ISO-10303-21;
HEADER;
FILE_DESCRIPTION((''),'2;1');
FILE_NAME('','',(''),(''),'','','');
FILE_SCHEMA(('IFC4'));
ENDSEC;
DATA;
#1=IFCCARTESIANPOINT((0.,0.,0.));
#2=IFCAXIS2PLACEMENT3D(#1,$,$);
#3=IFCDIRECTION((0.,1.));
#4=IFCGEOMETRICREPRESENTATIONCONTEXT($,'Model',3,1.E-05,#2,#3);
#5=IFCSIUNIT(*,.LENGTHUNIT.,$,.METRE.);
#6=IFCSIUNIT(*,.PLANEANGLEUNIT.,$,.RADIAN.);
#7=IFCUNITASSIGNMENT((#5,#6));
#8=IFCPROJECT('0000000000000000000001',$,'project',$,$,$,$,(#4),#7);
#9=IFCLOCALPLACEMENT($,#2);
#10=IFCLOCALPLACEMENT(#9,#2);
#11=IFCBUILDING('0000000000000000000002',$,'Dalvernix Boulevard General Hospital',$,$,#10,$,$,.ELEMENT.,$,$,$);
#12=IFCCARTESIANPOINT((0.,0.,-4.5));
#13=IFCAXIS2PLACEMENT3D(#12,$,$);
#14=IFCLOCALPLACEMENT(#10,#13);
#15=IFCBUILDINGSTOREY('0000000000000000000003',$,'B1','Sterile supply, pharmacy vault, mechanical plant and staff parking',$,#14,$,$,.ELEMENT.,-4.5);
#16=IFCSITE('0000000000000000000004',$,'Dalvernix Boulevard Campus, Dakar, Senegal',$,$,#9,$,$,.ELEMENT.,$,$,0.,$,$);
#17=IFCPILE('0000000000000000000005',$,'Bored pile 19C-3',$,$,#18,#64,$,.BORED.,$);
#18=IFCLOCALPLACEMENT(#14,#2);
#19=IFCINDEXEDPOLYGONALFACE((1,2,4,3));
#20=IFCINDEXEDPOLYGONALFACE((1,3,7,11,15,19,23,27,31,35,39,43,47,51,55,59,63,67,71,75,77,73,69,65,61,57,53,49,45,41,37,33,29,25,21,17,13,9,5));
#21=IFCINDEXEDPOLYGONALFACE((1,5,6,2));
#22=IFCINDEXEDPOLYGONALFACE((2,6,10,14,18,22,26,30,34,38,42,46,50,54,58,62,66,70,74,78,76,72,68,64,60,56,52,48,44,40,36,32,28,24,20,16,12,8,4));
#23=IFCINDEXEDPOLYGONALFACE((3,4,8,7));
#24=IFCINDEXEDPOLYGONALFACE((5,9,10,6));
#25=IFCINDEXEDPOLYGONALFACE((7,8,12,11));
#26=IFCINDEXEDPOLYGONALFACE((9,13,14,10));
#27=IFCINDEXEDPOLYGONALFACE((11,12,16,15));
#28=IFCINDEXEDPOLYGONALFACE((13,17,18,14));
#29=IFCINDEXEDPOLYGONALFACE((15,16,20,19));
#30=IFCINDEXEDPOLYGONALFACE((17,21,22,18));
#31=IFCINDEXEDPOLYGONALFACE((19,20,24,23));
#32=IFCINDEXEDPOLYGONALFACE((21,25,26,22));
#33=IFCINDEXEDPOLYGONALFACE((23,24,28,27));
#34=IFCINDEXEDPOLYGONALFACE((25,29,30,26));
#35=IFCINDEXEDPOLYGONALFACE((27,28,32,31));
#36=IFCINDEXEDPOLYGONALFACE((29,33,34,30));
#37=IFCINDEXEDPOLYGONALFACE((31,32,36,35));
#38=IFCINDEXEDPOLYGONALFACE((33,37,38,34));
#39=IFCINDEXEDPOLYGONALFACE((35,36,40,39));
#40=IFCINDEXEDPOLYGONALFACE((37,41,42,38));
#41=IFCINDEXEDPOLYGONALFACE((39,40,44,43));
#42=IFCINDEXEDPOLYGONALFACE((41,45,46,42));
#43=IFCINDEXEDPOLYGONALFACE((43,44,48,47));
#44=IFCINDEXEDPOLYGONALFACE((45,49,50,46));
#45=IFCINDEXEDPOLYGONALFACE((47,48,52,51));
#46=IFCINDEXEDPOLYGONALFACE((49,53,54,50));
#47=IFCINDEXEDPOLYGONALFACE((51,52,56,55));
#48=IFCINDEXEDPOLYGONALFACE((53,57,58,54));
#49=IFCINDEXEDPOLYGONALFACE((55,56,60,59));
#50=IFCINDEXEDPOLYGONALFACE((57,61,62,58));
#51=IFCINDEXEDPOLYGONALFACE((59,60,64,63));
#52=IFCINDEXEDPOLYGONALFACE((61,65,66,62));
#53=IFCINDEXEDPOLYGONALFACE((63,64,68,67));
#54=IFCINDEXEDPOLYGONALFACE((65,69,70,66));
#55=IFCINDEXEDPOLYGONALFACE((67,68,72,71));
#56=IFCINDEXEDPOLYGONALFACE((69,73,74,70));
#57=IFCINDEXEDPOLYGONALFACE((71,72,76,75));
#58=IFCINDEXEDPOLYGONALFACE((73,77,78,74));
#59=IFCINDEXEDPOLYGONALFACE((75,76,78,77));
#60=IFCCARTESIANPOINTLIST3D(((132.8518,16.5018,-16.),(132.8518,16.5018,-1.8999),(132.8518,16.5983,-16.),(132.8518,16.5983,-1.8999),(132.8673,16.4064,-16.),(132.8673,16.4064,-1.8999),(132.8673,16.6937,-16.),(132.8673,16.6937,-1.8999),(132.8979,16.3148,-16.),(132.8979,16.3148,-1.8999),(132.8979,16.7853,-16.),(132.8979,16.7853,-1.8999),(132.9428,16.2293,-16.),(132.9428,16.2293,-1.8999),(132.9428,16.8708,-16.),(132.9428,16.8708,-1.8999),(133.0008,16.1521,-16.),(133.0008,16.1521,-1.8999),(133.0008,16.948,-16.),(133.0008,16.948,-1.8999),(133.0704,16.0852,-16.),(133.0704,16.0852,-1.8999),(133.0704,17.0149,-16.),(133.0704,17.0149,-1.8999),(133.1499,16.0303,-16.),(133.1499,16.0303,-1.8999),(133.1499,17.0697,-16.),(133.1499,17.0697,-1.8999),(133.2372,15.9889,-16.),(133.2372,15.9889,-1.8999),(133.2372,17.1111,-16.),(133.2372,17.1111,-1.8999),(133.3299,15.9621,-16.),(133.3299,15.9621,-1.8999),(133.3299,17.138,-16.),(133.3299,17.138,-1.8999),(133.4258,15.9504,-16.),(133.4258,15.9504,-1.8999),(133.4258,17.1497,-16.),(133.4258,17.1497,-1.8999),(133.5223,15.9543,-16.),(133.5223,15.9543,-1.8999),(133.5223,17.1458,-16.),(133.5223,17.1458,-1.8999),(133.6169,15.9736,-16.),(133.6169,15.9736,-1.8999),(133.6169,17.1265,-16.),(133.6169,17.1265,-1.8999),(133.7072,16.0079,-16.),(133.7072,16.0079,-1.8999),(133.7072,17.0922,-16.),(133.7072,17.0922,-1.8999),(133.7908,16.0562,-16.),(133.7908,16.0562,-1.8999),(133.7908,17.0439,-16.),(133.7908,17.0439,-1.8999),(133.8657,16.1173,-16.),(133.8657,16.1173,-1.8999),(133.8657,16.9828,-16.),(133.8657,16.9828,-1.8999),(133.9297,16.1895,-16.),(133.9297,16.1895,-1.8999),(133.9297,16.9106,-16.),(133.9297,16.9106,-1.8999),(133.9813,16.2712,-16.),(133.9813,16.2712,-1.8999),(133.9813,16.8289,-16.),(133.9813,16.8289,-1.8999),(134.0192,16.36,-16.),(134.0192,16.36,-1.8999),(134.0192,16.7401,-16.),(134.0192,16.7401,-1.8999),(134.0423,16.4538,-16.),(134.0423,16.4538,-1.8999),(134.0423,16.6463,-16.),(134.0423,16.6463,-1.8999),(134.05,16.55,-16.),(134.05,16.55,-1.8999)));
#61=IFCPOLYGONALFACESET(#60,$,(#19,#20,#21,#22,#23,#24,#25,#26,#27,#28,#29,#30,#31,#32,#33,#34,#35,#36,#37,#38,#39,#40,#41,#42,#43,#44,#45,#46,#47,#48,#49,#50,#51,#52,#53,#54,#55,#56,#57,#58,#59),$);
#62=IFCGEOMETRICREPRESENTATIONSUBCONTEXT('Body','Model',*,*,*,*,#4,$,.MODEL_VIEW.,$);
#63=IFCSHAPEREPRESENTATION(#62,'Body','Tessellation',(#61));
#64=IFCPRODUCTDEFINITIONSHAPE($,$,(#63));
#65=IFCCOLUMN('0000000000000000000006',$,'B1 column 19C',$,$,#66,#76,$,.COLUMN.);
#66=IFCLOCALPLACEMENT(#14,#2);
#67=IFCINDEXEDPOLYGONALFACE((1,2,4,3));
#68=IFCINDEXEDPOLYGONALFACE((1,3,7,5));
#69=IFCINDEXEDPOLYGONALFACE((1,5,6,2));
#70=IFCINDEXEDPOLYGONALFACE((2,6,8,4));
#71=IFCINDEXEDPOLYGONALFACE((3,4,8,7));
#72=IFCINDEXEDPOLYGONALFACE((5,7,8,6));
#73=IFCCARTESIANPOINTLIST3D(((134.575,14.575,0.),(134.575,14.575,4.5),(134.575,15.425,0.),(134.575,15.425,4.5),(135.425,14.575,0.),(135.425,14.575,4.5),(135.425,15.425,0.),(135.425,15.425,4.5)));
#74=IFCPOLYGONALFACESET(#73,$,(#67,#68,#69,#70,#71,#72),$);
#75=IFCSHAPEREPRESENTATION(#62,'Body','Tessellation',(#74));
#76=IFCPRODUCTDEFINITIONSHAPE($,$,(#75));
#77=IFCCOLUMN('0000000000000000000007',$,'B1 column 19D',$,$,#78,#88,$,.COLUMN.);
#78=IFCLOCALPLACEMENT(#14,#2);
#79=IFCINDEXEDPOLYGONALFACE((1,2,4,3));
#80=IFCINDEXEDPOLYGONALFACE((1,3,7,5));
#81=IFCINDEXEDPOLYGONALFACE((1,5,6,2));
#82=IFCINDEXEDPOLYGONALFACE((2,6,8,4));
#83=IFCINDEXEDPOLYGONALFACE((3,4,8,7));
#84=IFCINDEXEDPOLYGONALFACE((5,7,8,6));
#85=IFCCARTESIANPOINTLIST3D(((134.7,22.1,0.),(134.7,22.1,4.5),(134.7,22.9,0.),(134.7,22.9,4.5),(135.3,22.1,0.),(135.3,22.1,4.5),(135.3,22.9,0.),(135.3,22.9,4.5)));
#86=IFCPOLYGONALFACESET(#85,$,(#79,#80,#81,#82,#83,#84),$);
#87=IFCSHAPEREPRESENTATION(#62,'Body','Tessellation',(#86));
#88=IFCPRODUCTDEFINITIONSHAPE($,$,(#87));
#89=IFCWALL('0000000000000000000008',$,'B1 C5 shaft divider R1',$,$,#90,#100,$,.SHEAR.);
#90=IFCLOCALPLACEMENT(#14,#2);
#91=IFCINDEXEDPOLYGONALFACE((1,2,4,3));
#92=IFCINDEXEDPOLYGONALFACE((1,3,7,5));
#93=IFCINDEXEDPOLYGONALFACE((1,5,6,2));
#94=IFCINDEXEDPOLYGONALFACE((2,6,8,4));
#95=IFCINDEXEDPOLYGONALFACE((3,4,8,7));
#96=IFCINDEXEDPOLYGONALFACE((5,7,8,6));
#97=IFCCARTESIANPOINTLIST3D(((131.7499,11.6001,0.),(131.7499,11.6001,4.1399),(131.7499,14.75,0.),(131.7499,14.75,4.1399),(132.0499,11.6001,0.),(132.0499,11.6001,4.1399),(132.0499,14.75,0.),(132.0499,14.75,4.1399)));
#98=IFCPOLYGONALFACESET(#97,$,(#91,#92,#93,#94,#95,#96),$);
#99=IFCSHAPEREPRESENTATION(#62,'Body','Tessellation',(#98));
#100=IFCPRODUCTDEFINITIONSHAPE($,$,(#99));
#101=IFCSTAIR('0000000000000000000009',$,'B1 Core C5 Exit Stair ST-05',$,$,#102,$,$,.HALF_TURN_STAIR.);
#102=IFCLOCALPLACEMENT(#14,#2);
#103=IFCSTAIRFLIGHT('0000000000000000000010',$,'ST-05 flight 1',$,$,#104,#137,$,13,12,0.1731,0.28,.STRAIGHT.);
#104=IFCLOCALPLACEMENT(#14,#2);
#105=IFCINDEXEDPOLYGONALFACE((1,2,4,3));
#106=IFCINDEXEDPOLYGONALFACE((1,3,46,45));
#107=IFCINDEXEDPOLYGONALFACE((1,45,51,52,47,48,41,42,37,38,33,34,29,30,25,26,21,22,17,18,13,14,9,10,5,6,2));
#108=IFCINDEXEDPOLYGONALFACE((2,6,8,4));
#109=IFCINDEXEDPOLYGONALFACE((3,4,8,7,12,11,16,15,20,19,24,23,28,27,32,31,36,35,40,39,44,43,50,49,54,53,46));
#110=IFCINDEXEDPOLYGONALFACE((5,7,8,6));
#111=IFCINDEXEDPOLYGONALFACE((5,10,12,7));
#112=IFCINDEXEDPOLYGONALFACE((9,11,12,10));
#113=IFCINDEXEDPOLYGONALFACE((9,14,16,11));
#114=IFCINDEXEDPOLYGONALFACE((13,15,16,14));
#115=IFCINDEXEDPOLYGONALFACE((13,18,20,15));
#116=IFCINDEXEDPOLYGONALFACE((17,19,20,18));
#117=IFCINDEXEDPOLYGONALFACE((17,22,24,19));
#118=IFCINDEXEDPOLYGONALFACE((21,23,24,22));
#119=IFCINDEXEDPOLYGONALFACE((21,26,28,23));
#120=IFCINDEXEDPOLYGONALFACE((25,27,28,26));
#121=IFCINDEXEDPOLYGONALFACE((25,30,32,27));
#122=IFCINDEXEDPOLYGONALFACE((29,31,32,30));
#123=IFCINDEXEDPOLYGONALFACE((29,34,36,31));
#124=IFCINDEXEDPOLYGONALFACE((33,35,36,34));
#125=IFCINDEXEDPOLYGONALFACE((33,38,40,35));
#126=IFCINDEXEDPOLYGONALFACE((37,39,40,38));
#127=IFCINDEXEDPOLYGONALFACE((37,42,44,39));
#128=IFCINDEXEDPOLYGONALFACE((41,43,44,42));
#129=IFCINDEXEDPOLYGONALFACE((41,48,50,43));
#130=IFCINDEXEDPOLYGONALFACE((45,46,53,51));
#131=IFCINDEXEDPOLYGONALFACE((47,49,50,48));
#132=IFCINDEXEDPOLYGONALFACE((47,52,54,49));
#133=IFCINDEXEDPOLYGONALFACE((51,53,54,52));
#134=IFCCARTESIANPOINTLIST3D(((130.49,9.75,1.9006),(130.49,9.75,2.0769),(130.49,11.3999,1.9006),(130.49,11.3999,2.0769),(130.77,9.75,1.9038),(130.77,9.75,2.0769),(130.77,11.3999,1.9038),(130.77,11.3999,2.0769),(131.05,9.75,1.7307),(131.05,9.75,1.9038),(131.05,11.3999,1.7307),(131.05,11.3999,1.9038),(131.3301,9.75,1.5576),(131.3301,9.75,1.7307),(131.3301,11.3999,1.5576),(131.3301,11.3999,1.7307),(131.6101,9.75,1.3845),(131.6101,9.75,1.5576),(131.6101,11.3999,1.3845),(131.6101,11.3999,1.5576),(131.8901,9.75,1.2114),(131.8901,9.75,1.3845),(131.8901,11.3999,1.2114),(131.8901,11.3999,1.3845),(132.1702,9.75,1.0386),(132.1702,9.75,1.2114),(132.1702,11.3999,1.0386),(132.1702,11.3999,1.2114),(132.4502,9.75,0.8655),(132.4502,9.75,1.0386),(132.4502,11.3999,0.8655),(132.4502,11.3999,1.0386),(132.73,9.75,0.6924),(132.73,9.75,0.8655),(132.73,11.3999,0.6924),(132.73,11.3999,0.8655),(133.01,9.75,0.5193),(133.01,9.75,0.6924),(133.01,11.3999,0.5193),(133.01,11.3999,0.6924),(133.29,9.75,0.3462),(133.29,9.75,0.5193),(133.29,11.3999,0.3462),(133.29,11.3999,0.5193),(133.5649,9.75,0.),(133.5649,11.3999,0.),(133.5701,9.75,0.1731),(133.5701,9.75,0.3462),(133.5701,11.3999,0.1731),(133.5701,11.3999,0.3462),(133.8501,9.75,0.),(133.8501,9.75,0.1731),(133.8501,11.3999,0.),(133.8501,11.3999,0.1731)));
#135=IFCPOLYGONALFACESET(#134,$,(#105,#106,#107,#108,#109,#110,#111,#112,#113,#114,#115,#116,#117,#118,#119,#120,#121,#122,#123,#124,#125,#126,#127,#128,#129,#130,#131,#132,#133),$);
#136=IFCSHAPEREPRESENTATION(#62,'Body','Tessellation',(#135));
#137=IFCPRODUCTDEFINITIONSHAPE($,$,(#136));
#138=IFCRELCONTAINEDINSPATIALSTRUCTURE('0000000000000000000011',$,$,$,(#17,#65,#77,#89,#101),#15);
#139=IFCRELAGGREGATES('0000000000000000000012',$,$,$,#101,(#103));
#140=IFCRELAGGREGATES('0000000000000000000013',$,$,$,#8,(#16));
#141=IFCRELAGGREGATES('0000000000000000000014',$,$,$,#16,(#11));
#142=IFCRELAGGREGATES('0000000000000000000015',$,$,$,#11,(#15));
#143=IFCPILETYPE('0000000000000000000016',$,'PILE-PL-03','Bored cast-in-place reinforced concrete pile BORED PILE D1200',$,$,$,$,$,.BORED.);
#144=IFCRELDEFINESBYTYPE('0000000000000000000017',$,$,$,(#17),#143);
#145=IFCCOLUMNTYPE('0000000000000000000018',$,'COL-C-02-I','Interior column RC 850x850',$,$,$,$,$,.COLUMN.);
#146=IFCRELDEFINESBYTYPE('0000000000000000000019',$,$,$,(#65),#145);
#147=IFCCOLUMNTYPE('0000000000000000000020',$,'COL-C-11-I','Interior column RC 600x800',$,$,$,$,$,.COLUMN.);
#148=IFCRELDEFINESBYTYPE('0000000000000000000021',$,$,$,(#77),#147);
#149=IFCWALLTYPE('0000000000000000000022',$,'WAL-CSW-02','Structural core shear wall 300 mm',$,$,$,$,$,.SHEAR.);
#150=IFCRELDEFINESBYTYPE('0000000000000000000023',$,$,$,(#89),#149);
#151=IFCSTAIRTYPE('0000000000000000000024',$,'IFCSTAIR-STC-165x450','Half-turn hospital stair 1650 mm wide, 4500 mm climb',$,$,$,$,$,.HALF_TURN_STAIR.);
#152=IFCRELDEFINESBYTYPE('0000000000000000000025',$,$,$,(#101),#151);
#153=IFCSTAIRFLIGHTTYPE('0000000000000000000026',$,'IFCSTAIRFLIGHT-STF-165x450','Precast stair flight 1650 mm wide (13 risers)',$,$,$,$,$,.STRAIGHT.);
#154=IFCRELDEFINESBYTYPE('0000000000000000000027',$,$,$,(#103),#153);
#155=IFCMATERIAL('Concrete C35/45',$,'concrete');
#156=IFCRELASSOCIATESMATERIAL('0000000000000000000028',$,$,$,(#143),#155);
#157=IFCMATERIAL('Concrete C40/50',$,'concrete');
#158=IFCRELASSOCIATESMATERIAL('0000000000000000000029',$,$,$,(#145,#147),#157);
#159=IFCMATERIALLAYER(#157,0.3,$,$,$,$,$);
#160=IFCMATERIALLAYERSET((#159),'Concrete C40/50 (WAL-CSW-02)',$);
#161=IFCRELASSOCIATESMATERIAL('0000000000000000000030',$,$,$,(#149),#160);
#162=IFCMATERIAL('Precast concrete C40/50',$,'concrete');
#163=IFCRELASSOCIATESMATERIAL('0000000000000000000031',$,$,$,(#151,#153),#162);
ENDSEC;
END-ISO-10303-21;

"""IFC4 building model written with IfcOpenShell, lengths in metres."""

from ifc_helpers import new_model, si_unit, direction, frame, frame_2d, origin, origin_2d, place, context, subcontext, project, spatial, polyline, rectangle, circle, outline, extrude, material, layer, layer_set, material_profile, profile_set, type_object, element, aggregate, save


model = new_model("IFC4")

# Units and contexts
model_context = context("Model", 3, precision=1e-05, world=origin(), true_north=direction((0.0, 1.0)))
body_context = subcontext(model_context, "Body", "Model", "MODEL_VIEW")
ifc_project = project(units=[si_unit("LENGTHUNIT", "METRE"), si_unit("PLANEANGLEUNIT", "RADIAN")], contexts=[model_context])

# Site, building, storey
site_placement = place(None, origin())
site = spatial("IfcSite", under=ifc_project, at=site_placement, Name="Dalvernix Boulevard Campus, Dakar, Senegal", CompositionType="ELEMENT", RefElevation=0.0)
building_placement = place(site_placement, origin())
building = spatial("IfcBuilding", under=site, at=building_placement, Name="Dalvernix Boulevard General Hospital", CompositionType="ELEMENT")
storey_placement = place(building_placement, frame((0.0, 0.0, -4.5)))
storey = spatial("IfcBuildingStorey", under=building, at=storey_placement, Name="B1", Description="Sterile supply, pharmacy vault, mechanical plant and staff parking", CompositionType="ELEMENT", Elevation=-4.5)

# Shared definitions
ifc_material_1 = material(Name="Concrete C35/45", Category="concrete")
ifc_material_2 = material(Name="Concrete C40/50", Category="concrete")

# Pile
ifc_material_profile_1 = material_profile(ifc_material_1, circle(Radius=0.6001, at=origin_2d()), Name="BORED PILE D1200")
ifc_profile_set_1 = profile_set([ifc_material_profile_1], Name="Concrete C35/45")
pile_type_1 = type_object("IfcPileType", Name="PILE-PL-03", Description="Bored cast-in-place reinforced concrete pile BORED PILE D1200", PredefinedType="BORED", material=ifc_profile_set_1)
for number, where, z_axis, x_axis, name in (
    (1, (133.45, 16.55, -1.8999), (0.0, 0.0, -1.0), (1.0, 0.0, 0.0), "Bored pile 19C-3"),
):
    element("IfcPile", number, at=place(storey_placement, frame(where, z_axis=z_axis, x_axis=x_axis)), inside=storey, type_object=pile_type_1, Name=name, PredefinedType="BORED", context=body_context, shape_type="SweptSolid", body=[
        extrude(circle(Radius=0.6001, at=origin_2d()), origin(), (0.0, 0.0, 1.0), 14.1001),
    ])

# Columns
ifc_material_profile_2 = material_profile(ifc_material_2, rectangle(XDim=0.8501, YDim=0.8501, at=origin_2d()), Name="RC 850x850")
ifc_profile_set_2 = profile_set([ifc_material_profile_2], Name="Concrete C40/50")
column_type_1 = type_object("IfcColumnType", Name="COL-C-02-I", Description="Interior column RC 850x850", PredefinedType="COLUMN", material=ifc_profile_set_2)
column_1_placement = place(storey_placement, frame((135.0, 15.0, 0.0), z_axis=(0.0, 0.0, 1.0), x_axis=(1.0, 0.0, 0.0)))
element("IfcColumn", 2, at=column_1_placement, inside=storey, type_object=column_type_1, Name="B1 column 19C", PredefinedType="COLUMN", context=body_context, shape_type="SweptSolid", body=[
    extrude(rectangle(XDim=0.8501, YDim=0.8501, at=origin_2d()), origin(), (0.0, 0.0, 1.0), 4.5),
])
ifc_material_profile_3 = material_profile(ifc_material_2, rectangle(XDim=0.6001, YDim=0.8, at=origin_2d()), Name="RC 600x800")
ifc_profile_set_3 = profile_set([ifc_material_profile_3], Name="Concrete C40/50")
column_type_2 = type_object("IfcColumnType", Name="COL-C-11-I", Description="Interior column RC 600x800", PredefinedType="COLUMN", material=ifc_profile_set_3)
column_2_placement = place(storey_placement, frame((135.0, 22.5, 0.0), z_axis=(0.0, 0.0, 1.0), x_axis=(1.0, 0.0, 0.0)))
element("IfcColumn", 3, at=column_2_placement, inside=storey, type_object=column_type_2, Name="B1 column 19D", PredefinedType="COLUMN", context=body_context, shape_type="SweptSolid", body=[
    extrude(rectangle(XDim=0.6001, YDim=0.8, at=origin_2d()), origin(), (0.0, 0.0, 1.0), 4.5),
])

# Wall
ifc_layer = layer(ifc_material_2, 0.3)
ifc_layer_set = layer_set([ifc_layer], Name="Concrete C40/50 (WAL-CSW-02)")
wall_type = type_object("IfcWallType", Name="WAL-CSW-02", Description="Structural core shear wall 300 mm", PredefinedType="SHEAR", material=ifc_layer_set)
wall_placement = place(storey_placement, frame((131.8999, 11.6001, 0.0), z_axis=(0.0, 0.0, 1.0), x_axis=(0.0, 1.0, 0.0)))
element("IfcWall", 4, at=wall_placement, inside=storey, type_object=wall_type, Name="B1 C5 shaft divider R1", PredefinedType="SHEAR", context=body_context, shape_type="SweptSolid", body=[
    extrude(rectangle(XDim=3.1499, YDim=0.3, at=frame_2d((1.575, 0.0))), origin(), (0.0, 0.0, 1.0), 4.1399),
])

# Stair, stair flight
ifc_material_3 = material(Name="Precast concrete C40/50", Category="concrete")
stair_type = type_object("IfcStairType", Name="IFCSTAIR-STC-165x450", Description="Half-turn hospital stair 1650 mm wide, 4500 mm climb", PredefinedType="HALF_TURN_STAIR", material=ifc_material_3)
stair_placement = place(storey_placement, origin())
stair = element("IfcStair", 5, at=stair_placement, inside=storey, type_object=stair_type, Name="B1 Core C5 Exit Stair ST-05", PredefinedType="HALF_TURN_STAIR")
stair_flight_type = type_object("IfcStairFlightType", Name="IFCSTAIRFLIGHT-STF-165x450", Description="Precast stair flight 1650 mm wide (13 risers)", PredefinedType="STRAIGHT", material=ifc_material_3)
stair_flight_placement = place(storey_placement, frame((133.8501, 10.575, 0.0), z_axis=(0.0, 0.0, 1.0), x_axis=(-1.0, 0.0, 0.0)))
stair_flight = element("IfcStairFlight", 6, at=stair_flight_placement, type_object=stair_flight_type, Name="ST-05 flight 1", NumberOfRisers=13, NumberOfTreads=12, PredefinedType="STRAIGHT", RiserHeight=0.1731, TreadLength=0.28, context=body_context, shape_type="SweptSolid", body=[
    extrude(outline(polyline([(0.0, 0.0), (0.0, 0.1731), (0.28, 0.1731), (0.28, 0.3462), (0.5601, 0.3462), (0.5601, 0.5193), (0.8401, 0.5193), (0.8401, 0.6924), (1.1201, 0.6924), (1.1201, 0.8655), (1.3999, 0.8655), (1.3999, 1.0386), (1.6799, 1.0386), (1.6799, 1.2114), (1.96, 1.2114), (1.96, 1.3845), (2.24, 1.3845), (2.24, 1.5576), (2.52, 1.5576), (2.52, 1.7307), (2.8, 1.7307), (2.8, 1.9038), (3.0801, 1.9038), (3.0801, 2.0769), (3.3601, 2.0769), (3.3601, 2.25), (3.3601, 1.9006), (0.2852, 0.0), (0.0, 0.0)])), frame((0.0, 0.825, 0.0), z_axis=(0.0, -1.0, 0.0), x_axis=(1.0, 0.0, 0.0)), (0.0, 0.0, 1.0), 1.6499),
])
aggregate(stair, [stair_flight])

save(model, "model.ifc")
